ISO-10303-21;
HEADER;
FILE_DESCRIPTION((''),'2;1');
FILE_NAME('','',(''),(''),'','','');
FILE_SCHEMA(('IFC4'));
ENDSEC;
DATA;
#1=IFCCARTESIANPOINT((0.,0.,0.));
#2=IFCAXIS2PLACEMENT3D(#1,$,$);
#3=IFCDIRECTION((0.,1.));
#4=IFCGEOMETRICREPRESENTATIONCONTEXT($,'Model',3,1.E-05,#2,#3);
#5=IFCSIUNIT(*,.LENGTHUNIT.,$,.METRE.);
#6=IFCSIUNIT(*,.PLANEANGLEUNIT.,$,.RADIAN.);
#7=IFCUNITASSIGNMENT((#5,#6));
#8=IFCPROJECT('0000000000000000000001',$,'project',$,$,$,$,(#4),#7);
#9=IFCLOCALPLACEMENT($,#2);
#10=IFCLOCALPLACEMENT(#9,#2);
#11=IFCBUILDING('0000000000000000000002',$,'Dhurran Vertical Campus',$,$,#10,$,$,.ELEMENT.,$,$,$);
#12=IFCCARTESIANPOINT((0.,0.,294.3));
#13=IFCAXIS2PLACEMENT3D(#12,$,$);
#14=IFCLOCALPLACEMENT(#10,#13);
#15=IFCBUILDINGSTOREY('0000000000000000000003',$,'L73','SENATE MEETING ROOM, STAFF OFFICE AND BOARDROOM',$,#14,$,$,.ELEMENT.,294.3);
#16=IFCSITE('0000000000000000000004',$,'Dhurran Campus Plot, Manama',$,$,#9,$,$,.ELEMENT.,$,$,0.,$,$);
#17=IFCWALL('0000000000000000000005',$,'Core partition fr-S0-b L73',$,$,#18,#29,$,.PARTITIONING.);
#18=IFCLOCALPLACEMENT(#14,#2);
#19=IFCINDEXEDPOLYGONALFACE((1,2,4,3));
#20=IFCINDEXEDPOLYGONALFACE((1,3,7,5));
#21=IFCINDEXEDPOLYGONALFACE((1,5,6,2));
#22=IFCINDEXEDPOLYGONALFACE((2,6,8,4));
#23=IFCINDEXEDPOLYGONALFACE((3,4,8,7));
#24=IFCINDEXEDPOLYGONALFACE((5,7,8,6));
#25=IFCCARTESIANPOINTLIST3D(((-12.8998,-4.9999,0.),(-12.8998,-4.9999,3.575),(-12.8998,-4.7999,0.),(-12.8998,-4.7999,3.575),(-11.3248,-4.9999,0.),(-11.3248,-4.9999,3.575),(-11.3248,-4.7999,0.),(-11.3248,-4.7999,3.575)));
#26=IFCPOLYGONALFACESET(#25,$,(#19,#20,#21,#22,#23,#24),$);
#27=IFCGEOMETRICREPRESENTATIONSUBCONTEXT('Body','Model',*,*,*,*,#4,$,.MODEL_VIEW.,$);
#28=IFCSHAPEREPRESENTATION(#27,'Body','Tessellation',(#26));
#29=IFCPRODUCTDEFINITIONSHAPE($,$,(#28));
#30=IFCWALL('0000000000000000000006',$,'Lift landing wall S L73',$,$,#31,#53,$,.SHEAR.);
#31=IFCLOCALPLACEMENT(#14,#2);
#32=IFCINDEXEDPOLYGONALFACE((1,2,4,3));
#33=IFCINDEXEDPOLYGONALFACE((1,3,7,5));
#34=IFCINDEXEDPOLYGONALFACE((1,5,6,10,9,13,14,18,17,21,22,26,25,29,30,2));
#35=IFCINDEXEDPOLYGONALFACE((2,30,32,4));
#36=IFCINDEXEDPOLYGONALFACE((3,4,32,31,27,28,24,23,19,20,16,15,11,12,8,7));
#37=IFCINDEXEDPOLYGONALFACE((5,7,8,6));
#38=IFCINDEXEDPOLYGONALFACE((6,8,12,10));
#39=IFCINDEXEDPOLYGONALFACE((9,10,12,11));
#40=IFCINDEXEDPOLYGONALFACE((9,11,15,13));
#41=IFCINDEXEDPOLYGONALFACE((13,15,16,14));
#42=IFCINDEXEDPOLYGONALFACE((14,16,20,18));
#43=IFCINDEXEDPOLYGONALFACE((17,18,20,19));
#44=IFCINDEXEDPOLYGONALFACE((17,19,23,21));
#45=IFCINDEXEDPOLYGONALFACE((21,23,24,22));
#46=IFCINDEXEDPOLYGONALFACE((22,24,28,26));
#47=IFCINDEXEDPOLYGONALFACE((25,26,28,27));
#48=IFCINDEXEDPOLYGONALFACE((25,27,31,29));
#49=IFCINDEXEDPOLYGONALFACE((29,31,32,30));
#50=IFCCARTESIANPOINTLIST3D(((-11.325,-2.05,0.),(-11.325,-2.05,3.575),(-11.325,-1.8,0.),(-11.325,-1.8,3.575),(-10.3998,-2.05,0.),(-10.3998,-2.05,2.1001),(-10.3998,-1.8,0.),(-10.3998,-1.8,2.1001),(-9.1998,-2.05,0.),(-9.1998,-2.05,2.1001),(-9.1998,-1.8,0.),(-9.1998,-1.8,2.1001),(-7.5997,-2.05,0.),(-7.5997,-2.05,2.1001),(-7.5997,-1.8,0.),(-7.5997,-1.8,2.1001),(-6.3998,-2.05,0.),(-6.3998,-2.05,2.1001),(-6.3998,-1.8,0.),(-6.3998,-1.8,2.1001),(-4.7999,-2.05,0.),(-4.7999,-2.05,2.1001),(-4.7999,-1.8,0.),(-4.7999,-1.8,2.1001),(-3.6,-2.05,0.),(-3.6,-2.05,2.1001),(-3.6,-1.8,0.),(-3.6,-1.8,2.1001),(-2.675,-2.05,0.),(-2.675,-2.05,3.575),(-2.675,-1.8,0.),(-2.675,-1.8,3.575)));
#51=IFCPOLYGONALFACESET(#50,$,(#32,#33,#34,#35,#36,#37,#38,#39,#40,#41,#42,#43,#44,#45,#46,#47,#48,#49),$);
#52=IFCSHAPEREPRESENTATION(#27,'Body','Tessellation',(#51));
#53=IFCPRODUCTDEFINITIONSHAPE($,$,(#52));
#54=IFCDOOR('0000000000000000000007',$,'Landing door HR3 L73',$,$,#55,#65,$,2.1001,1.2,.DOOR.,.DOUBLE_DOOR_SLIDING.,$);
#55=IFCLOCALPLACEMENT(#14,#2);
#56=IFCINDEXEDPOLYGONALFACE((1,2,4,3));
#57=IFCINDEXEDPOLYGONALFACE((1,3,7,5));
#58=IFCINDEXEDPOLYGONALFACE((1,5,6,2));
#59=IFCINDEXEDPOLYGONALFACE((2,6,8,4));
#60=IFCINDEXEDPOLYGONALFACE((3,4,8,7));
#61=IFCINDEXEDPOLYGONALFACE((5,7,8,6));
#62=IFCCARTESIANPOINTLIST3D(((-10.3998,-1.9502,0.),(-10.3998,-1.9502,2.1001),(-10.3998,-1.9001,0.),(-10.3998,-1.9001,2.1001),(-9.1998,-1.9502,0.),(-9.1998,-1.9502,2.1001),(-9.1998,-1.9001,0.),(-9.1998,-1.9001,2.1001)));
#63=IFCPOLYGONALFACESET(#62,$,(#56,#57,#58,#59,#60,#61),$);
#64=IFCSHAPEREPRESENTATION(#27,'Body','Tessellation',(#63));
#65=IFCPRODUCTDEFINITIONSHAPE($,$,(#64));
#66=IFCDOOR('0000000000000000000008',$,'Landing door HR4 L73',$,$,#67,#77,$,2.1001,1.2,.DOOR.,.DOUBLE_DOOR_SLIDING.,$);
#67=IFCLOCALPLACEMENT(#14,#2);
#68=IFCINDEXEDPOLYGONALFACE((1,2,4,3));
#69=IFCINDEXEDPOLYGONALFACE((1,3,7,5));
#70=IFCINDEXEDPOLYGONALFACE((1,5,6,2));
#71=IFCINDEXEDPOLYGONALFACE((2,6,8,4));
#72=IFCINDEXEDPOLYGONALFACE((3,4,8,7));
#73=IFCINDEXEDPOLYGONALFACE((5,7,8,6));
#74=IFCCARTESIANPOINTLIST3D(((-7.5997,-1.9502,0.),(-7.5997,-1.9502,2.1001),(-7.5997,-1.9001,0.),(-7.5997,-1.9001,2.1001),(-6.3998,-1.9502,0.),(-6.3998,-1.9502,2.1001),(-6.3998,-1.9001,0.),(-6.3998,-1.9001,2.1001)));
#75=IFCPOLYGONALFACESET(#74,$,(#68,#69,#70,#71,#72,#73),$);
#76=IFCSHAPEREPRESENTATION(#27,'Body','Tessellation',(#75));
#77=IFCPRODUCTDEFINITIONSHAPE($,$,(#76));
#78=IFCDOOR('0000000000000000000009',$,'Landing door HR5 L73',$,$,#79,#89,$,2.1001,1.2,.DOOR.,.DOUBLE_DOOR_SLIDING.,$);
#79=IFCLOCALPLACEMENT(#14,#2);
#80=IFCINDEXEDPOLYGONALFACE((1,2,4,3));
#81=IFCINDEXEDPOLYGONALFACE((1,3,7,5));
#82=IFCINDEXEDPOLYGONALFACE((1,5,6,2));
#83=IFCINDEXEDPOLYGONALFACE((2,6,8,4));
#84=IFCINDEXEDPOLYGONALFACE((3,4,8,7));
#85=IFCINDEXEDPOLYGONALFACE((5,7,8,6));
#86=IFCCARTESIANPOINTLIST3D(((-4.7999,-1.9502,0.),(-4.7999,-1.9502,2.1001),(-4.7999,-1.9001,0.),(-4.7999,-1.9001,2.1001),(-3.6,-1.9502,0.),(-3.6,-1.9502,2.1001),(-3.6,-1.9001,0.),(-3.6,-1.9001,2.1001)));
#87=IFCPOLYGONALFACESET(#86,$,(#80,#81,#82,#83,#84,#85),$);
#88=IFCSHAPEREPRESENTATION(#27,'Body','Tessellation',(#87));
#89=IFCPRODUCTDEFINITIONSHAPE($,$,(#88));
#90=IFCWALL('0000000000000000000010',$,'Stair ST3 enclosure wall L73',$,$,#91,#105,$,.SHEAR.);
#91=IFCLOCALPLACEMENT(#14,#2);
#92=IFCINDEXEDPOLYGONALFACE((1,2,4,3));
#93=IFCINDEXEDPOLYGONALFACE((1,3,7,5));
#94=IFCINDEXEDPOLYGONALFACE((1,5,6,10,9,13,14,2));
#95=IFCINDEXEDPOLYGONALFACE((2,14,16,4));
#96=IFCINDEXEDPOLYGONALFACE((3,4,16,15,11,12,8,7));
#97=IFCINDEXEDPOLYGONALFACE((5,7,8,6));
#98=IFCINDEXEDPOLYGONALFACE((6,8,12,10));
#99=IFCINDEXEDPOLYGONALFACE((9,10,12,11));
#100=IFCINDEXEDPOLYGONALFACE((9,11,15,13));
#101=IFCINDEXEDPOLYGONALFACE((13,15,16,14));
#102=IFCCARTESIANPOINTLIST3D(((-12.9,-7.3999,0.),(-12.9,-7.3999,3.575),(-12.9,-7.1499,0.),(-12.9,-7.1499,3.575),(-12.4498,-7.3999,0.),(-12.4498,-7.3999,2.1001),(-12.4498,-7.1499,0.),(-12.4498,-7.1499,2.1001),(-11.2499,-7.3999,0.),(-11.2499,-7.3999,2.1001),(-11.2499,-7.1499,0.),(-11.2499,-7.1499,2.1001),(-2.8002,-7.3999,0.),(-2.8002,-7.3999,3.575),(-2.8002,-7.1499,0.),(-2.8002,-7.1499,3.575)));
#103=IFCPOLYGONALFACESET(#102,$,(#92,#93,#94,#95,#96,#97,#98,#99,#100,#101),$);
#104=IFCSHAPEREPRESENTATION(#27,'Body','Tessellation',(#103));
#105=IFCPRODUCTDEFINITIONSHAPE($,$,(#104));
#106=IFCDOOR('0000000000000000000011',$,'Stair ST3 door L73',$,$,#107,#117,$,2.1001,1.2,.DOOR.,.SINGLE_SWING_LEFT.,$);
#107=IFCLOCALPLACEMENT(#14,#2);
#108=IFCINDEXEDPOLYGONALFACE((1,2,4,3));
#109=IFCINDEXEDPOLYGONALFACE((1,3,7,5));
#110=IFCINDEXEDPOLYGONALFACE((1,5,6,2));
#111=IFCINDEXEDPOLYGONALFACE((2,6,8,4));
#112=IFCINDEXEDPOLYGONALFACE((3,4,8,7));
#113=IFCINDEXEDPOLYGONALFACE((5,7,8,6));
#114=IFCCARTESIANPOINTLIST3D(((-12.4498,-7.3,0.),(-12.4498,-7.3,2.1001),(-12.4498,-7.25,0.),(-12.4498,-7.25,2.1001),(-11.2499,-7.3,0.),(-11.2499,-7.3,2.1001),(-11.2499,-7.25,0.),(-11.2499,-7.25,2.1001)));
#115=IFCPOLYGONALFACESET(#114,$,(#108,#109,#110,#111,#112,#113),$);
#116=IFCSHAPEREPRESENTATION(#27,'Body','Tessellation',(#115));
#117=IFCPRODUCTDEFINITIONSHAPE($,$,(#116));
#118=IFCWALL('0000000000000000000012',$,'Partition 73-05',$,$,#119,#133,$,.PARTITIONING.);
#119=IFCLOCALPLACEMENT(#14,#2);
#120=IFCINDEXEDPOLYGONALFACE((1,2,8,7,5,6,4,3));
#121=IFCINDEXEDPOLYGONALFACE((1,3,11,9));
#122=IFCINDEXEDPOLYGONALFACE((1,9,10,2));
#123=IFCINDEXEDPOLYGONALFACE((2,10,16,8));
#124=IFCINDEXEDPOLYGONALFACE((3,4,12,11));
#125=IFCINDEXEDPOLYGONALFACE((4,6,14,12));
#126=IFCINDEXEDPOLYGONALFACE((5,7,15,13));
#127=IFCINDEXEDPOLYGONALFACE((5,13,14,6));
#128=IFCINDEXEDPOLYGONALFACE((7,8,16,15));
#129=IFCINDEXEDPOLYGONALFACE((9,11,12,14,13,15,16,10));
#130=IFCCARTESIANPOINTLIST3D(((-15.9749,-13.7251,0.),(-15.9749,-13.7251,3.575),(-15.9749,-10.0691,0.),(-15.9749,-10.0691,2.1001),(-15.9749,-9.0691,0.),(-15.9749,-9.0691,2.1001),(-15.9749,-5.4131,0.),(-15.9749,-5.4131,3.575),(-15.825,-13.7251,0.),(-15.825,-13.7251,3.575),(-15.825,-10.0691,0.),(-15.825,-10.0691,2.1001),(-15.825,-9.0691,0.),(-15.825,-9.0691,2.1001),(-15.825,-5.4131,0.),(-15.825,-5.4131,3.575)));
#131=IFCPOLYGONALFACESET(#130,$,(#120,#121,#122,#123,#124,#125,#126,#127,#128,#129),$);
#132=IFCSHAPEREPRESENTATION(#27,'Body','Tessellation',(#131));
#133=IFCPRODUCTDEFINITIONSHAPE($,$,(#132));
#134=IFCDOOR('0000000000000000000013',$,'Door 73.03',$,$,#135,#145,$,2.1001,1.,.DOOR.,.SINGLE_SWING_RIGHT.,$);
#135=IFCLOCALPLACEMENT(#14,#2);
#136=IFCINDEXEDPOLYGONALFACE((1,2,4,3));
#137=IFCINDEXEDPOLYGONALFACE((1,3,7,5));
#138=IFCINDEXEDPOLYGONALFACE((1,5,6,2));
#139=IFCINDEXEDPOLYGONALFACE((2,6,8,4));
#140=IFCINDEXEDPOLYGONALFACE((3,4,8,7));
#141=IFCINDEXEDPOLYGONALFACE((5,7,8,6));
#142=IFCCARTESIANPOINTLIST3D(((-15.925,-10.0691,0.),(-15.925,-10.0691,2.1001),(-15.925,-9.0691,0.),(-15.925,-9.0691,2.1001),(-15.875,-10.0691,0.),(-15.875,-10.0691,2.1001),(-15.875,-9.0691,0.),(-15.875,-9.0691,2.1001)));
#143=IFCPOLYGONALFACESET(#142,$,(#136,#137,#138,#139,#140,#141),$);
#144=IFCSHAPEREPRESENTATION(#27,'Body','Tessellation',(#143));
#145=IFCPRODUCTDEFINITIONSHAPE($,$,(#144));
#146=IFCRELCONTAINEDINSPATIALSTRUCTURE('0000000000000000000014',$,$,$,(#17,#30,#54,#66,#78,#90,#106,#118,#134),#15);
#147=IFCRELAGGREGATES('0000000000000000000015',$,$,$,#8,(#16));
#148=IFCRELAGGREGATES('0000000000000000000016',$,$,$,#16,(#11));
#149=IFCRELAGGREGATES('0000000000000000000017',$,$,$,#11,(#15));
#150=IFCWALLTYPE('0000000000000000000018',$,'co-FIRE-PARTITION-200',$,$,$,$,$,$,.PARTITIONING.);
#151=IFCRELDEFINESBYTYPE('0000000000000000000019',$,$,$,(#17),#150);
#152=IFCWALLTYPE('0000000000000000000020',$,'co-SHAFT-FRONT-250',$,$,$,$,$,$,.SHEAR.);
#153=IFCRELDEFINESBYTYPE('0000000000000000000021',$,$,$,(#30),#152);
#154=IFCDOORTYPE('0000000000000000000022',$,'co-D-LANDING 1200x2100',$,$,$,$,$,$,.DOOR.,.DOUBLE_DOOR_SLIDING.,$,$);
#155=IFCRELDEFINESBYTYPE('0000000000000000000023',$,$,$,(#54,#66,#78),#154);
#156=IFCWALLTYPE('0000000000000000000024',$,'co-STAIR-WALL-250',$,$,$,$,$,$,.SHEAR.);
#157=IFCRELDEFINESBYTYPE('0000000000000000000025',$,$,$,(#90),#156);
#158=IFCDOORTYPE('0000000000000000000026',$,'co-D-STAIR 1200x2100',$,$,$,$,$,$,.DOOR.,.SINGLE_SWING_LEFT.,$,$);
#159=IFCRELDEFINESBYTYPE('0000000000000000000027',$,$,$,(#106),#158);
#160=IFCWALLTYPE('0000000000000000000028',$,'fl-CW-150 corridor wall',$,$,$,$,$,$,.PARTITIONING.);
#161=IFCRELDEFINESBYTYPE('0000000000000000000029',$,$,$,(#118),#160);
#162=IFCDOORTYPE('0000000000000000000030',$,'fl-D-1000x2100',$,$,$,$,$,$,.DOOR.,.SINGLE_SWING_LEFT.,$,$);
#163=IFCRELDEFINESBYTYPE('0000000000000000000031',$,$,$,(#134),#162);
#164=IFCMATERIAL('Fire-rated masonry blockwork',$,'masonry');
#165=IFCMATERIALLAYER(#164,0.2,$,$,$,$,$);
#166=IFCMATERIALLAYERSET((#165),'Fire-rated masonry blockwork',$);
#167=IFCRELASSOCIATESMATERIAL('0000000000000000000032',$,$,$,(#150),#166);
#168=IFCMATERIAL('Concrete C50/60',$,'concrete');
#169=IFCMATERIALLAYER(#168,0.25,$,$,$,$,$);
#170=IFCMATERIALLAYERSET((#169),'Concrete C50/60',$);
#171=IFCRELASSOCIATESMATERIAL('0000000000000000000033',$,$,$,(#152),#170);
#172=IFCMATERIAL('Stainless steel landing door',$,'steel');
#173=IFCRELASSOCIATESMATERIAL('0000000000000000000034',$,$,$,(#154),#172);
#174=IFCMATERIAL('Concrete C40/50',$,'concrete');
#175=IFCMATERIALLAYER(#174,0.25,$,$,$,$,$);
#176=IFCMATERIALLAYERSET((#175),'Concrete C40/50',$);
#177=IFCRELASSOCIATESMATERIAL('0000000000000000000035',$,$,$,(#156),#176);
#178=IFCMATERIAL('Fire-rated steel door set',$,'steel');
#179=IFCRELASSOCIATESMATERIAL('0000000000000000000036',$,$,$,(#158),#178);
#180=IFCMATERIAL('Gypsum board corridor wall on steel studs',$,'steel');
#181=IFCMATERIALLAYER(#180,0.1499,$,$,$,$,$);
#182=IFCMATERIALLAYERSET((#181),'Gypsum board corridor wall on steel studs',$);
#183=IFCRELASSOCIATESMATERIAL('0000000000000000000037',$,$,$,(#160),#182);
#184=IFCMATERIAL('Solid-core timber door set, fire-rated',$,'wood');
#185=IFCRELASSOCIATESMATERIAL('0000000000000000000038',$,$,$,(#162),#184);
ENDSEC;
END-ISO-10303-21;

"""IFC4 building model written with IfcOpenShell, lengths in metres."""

from ifc_helpers import new_model, si_unit, direction, frame, frame_2d, origin, place, context, subcontext, project, spatial, rectangle, extrude, material, layer, layer_set, type_object, element, fill, save


model = new_model("IFC4")

# Units and contexts
model_context = context("Model", 3, precision=1e-05, world=origin(), true_north=direction((0.0, 1.0)))
body_context = subcontext(model_context, "Body", "Model", "MODEL_VIEW")
ifc_project = project(units=[si_unit("LENGTHUNIT", "METRE"), si_unit("PLANEANGLEUNIT", "RADIAN")], contexts=[model_context])

# Site, building, storey
site_placement = place(None, origin())
site = spatial("IfcSite", under=ifc_project, at=site_placement, Name="Dhurran Campus Plot, Manama", CompositionType="ELEMENT", RefElevation=0.0)
building_placement = place(site_placement, origin())
building = spatial("IfcBuilding", under=site, at=building_placement, Name="Dhurran Vertical Campus", CompositionType="ELEMENT")
storey_placement = place(building_placement, frame((0.0, 0.0, 294.3)))
storey = spatial("IfcBuildingStorey", under=building, at=storey_placement, Name="L73", Description="SENATE MEETING ROOM, STAFF OFFICE AND BOARDROOM", CompositionType="ELEMENT", Elevation=294.3)

# Shared definitions
ifc_material_1 = material(Name="Fire-rated masonry blockwork", Category="masonry")
ifc_layer_1 = layer(ifc_material_1, 0.2)
ifc_layer_set_1 = layer_set([ifc_layer_1], Name="Fire-rated masonry blockwork")
wall_type_1 = type_object("IfcWallType", Name="co-FIRE-PARTITION-200", PredefinedType="PARTITIONING", material=ifc_layer_set_1)

# Wall
wall_1_placement = place(storey_placement, frame((-12.8999, -4.8999, 0.0), z_axis=(0.0, 0.0, 1.0), x_axis=(1.0, 0.0, 0.0)))
element("IfcWall", 1, at=wall_1_placement, inside=storey, type_object=wall_type_1, Name="Core partition fr-S0-b L73", PredefinedType="PARTITIONING", context=body_context, shape_type="SweptSolid", body=[
    extrude(rectangle(XDim=1.575, YDim=0.2, at=frame_2d((0.7876, 0.0))), origin(), (0.0, 0.0, 1.0), 3.575),
])

# Wall, openings, doors
ifc_material_2 = material(Name="Concrete C50/60", Category="concrete")
ifc_layer_2 = layer(ifc_material_2, 0.25)
ifc_layer_set_2 = layer_set([ifc_layer_2], Name="Concrete C50/60")
wall_type_2 = type_object("IfcWallType", Name="co-SHAFT-FRONT-250", PredefinedType="SHEAR", material=ifc_layer_set_2)
wall_2_placement = place(storey_placement, frame((-11.325, -1.925, 0.0), z_axis=(0.0, 0.0, 1.0), x_axis=(1.0, 0.0, 0.0)))
wall_2 = element("IfcWall", 2, at=wall_2_placement, inside=storey, type_object=wall_type_2, Name="Lift landing wall S L73", PredefinedType="SHEAR", context=body_context, shape_type="SweptSolid", body=[
    extrude(rectangle(XDim=8.6499, YDim=0.25, at=frame_2d((4.325, 0.0))), origin(), (0.0, 0.0, 1.0), 3.575),
])
opening_1_placement = place(wall_2_placement, frame((0.925, 0.0, 0.0)))
opening_1 = element("IfcOpeningElement", 3, at=opening_1_placement, cuts=wall_2, PredefinedType="OPENING", context=body_context, shape_type="SweptSolid", body=[
    extrude(rectangle(XDim=1.2, YDim=2.1001, at=frame_2d((0.6001, 1.05))), frame((0.0, 0.135, 0.0), z_axis=(0.0, -1.0, 0.0), x_axis=(1.0, 0.0, 0.0)), (0.0, 0.0, 1.0), 0.27),
])
opening_2_placement = place(wall_2_placement, frame((3.7251, 0.0, 0.0)))
opening_2 = element("IfcOpeningElement", 4, at=opening_2_placement, cuts=wall_2, PredefinedType="OPENING", context=body_context, shape_type="SweptSolid", body=[
    extrude(rectangle(XDim=1.2, YDim=2.1001, at=frame_2d((0.6001, 1.05))), frame((0.0, 0.135, 0.0), z_axis=(0.0, -1.0, 0.0), x_axis=(1.0, 0.0, 0.0)), (0.0, 0.0, 1.0), 0.27),
])
opening_3_placement = place(wall_2_placement, frame((6.5249, 0.0, 0.0)))
opening_3 = element("IfcOpeningElement", 5, at=opening_3_placement, cuts=wall_2, PredefinedType="OPENING", context=body_context, shape_type="SweptSolid", body=[
    extrude(rectangle(XDim=1.2, YDim=2.1001, at=frame_2d((0.6001, 1.05))), frame((0.0, 0.135, 0.0), z_axis=(0.0, -1.0, 0.0), x_axis=(1.0, 0.0, 0.0)), (0.0, 0.0, 1.0), 0.27),
])
ifc_material_3 = material(Name="Stainless steel landing door", Category="steel")
door_type_1 = type_object("IfcDoorType", Name="co-D-LANDING 1200x2100", OperationType="DOUBLE_DOOR_SLIDING", PredefinedType="DOOR", material=ifc_material_3)
door_1_placement = place(opening_1_placement, origin())
door_1 = element("IfcDoor", 6, at=door_1_placement, inside=storey, type_object=door_type_1, Name="Landing door HR3 L73", OperationType="DOUBLE_DOOR_SLIDING", OverallHeight=2.1001, OverallWidth=1.2, PredefinedType="DOOR", context=body_context, shape_type="SweptSolid", body=[
    extrude(rectangle(XDim=1.2, YDim=2.1001, at=frame_2d((0.6001, 1.05))), frame((0.0, 0.0249, 0.0), z_axis=(0.0, -1.0, 0.0), x_axis=(1.0, 0.0, 0.0)), (0.0, 0.0, 1.0), 0.05),
])
fill(opening_1, door_1)
door_2_placement = place(opening_2_placement, origin())
door_2 = element("IfcDoor", 7, at=door_2_placement, inside=storey, type_object=door_type_1, Name="Landing door HR4 L73", OperationType="DOUBLE_DOOR_SLIDING", OverallHeight=2.1001, OverallWidth=1.2, PredefinedType="DOOR", context=body_context, shape_type="SweptSolid", body=[
    extrude(rectangle(XDim=1.2, YDim=2.1001, at=frame_2d((0.6001, 1.05))), frame((0.0, 0.0249, 0.0), z_axis=(0.0, -1.0, 0.0), x_axis=(1.0, 0.0, 0.0)), (0.0, 0.0, 1.0), 0.05),
])
fill(opening_2, door_2)
door_3_placement = place(opening_3_placement, origin())
door_3 = element("IfcDoor", 8, at=door_3_placement, inside=storey, type_object=door_type_1, Name="Landing door HR5 L73", OperationType="DOUBLE_DOOR_SLIDING", OverallHeight=2.1001, OverallWidth=1.2, PredefinedType="DOOR", context=body_context, shape_type="SweptSolid", body=[
    extrude(rectangle(XDim=1.2, YDim=2.1001, at=frame_2d((0.6001, 1.05))), frame((0.0, 0.0249, 0.0), z_axis=(0.0, -1.0, 0.0), x_axis=(1.0, 0.0, 0.0)), (0.0, 0.0, 1.0), 0.05),
])
fill(opening_3, door_3)

# Walls, openings, doors
ifc_material_4 = material(Name="Concrete C40/50", Category="concrete")
ifc_layer_3 = layer(ifc_material_4, 0.25)
ifc_layer_set_3 = layer_set([ifc_layer_3], Name="Concrete C40/50")
wall_type_3 = type_object("IfcWallType", Name="co-STAIR-WALL-250", PredefinedType="SHEAR", material=ifc_layer_set_3)
wall_3_placement = place(storey_placement, frame((-12.8999, -7.2749, 0.0), z_axis=(0.0, 0.0, 1.0), x_axis=(1.0, 0.0, 0.0)))
wall_3 = element("IfcWall", 9, at=wall_3_placement, inside=storey, type_object=wall_type_3, Name="Stair ST3 enclosure wall L73", PredefinedType="SHEAR", context=body_context, shape_type="SweptSolid", body=[
    extrude(rectangle(XDim=10.0999, YDim=0.25, at=frame_2d((5.0498, 0.0))), origin(), (0.0, 0.0, 1.0), 3.575),
])
opening_4_placement = place(wall_3_placement, frame((0.45, 0.0, 0.0)))
opening_4 = element("IfcOpeningElement", 10, at=opening_4_placement, cuts=wall_3, PredefinedType="OPENING", context=body_context, shape_type="SweptSolid", body=[
    extrude(rectangle(XDim=1.2, YDim=2.1001, at=frame_2d((0.6001, 1.05))), frame((0.0, 0.135, 0.0), z_axis=(0.0, -1.0, 0.0), x_axis=(1.0, 0.0, 0.0)), (0.0, 0.0, 1.0), 0.27),
])
ifc_material_5 = material(Name="Fire-rated steel door set", Category="steel")
door_type_2 = type_object("IfcDoorType", Name="co-D-STAIR 1200x2100", OperationType="SINGLE_SWING_LEFT", PredefinedType="DOOR", material=ifc_material_5)
door_4_placement = place(opening_4_placement, origin())
door_4 = element("IfcDoor", 11, at=door_4_placement, inside=storey, type_object=door_type_2, Name="Stair ST3 door L73", OperationType="SINGLE_SWING_LEFT", OverallHeight=2.1001, OverallWidth=1.2, PredefinedType="DOOR", context=body_context, shape_type="SweptSolid", body=[
    extrude(rectangle(XDim=1.2, YDim=2.1001, at=frame_2d((0.6001, 1.05))), frame((0.0, 0.0249, 0.0), z_axis=(0.0, -1.0, 0.0), x_axis=(1.0, 0.0, 0.0)), (0.0, 0.0, 1.0), 0.05),
])
fill(opening_4, door_4)
ifc_material_6 = material(Name="Gypsum board corridor wall on steel studs", Category="steel")
ifc_layer_4 = layer(ifc_material_6, 0.1499)
ifc_layer_set_4 = layer_set([ifc_layer_4], Name="Gypsum board corridor wall on steel studs")
wall_type_4 = type_object("IfcWallType", Name="fl-CW-150 corridor wall", PredefinedType="PARTITIONING", material=ifc_layer_set_4)
wall_4_placement = place(storey_placement, frame((-15.8999, -5.4131, 0.0), z_axis=(0.0, 0.0, 1.0), x_axis=(0.0, -1.0, 0.0)))
wall_4 = element("IfcWall", 12, at=wall_4_placement, inside=storey, type_object=wall_type_4, Name="Partition 73-05", PredefinedType="PARTITIONING", context=body_context, shape_type="SweptSolid", body=[
    extrude(rectangle(XDim=8.312, YDim=0.1499, at=frame_2d((4.156, 0.0))), origin(), (0.0, 0.0, 1.0), 3.575),
])
opening_5_placement = place(wall_4_placement, frame((3.656, 0.0, 0.0)))
opening_5 = element("IfcOpeningElement", 13, at=opening_5_placement, cuts=wall_4, PredefinedType="OPENING", context=body_context, shape_type="SweptSolid", body=[
    extrude(rectangle(XDim=1.0, YDim=2.1001, at=frame_2d((0.5, 1.05))), frame((0.0, 0.085, 0.0), z_axis=(0.0, -1.0, 0.0), x_axis=(1.0, 0.0, 0.0)), (0.0, 0.0, 1.0), 0.1699),
])
ifc_material_7 = material(Name="Solid-core timber door set, fire-rated", Category="wood")
door_type_3 = type_object("IfcDoorType", Name="fl-D-1000x2100", OperationType="SINGLE_SWING_LEFT", PredefinedType="DOOR", material=ifc_material_7)
door_5_placement = place(opening_5_placement, origin())
door_5 = element("IfcDoor", 14, at=door_5_placement, inside=storey, type_object=door_type_3, Name="Door 73.03", OperationType="SINGLE_SWING_RIGHT", OverallHeight=2.1001, OverallWidth=1.0, PredefinedType="DOOR", context=body_context, shape_type="SweptSolid", body=[
    extrude(rectangle(XDim=1.0, YDim=2.1001, at=frame_2d((0.5, 1.05))), frame((0.0, 0.0249, 0.0), z_axis=(0.0, -1.0, 0.0), x_axis=(1.0, 0.0, 0.0)), (0.0, 0.0, 1.0), 0.05),
])
fill(opening_5, door_5)

save(model, "model.ifc")
